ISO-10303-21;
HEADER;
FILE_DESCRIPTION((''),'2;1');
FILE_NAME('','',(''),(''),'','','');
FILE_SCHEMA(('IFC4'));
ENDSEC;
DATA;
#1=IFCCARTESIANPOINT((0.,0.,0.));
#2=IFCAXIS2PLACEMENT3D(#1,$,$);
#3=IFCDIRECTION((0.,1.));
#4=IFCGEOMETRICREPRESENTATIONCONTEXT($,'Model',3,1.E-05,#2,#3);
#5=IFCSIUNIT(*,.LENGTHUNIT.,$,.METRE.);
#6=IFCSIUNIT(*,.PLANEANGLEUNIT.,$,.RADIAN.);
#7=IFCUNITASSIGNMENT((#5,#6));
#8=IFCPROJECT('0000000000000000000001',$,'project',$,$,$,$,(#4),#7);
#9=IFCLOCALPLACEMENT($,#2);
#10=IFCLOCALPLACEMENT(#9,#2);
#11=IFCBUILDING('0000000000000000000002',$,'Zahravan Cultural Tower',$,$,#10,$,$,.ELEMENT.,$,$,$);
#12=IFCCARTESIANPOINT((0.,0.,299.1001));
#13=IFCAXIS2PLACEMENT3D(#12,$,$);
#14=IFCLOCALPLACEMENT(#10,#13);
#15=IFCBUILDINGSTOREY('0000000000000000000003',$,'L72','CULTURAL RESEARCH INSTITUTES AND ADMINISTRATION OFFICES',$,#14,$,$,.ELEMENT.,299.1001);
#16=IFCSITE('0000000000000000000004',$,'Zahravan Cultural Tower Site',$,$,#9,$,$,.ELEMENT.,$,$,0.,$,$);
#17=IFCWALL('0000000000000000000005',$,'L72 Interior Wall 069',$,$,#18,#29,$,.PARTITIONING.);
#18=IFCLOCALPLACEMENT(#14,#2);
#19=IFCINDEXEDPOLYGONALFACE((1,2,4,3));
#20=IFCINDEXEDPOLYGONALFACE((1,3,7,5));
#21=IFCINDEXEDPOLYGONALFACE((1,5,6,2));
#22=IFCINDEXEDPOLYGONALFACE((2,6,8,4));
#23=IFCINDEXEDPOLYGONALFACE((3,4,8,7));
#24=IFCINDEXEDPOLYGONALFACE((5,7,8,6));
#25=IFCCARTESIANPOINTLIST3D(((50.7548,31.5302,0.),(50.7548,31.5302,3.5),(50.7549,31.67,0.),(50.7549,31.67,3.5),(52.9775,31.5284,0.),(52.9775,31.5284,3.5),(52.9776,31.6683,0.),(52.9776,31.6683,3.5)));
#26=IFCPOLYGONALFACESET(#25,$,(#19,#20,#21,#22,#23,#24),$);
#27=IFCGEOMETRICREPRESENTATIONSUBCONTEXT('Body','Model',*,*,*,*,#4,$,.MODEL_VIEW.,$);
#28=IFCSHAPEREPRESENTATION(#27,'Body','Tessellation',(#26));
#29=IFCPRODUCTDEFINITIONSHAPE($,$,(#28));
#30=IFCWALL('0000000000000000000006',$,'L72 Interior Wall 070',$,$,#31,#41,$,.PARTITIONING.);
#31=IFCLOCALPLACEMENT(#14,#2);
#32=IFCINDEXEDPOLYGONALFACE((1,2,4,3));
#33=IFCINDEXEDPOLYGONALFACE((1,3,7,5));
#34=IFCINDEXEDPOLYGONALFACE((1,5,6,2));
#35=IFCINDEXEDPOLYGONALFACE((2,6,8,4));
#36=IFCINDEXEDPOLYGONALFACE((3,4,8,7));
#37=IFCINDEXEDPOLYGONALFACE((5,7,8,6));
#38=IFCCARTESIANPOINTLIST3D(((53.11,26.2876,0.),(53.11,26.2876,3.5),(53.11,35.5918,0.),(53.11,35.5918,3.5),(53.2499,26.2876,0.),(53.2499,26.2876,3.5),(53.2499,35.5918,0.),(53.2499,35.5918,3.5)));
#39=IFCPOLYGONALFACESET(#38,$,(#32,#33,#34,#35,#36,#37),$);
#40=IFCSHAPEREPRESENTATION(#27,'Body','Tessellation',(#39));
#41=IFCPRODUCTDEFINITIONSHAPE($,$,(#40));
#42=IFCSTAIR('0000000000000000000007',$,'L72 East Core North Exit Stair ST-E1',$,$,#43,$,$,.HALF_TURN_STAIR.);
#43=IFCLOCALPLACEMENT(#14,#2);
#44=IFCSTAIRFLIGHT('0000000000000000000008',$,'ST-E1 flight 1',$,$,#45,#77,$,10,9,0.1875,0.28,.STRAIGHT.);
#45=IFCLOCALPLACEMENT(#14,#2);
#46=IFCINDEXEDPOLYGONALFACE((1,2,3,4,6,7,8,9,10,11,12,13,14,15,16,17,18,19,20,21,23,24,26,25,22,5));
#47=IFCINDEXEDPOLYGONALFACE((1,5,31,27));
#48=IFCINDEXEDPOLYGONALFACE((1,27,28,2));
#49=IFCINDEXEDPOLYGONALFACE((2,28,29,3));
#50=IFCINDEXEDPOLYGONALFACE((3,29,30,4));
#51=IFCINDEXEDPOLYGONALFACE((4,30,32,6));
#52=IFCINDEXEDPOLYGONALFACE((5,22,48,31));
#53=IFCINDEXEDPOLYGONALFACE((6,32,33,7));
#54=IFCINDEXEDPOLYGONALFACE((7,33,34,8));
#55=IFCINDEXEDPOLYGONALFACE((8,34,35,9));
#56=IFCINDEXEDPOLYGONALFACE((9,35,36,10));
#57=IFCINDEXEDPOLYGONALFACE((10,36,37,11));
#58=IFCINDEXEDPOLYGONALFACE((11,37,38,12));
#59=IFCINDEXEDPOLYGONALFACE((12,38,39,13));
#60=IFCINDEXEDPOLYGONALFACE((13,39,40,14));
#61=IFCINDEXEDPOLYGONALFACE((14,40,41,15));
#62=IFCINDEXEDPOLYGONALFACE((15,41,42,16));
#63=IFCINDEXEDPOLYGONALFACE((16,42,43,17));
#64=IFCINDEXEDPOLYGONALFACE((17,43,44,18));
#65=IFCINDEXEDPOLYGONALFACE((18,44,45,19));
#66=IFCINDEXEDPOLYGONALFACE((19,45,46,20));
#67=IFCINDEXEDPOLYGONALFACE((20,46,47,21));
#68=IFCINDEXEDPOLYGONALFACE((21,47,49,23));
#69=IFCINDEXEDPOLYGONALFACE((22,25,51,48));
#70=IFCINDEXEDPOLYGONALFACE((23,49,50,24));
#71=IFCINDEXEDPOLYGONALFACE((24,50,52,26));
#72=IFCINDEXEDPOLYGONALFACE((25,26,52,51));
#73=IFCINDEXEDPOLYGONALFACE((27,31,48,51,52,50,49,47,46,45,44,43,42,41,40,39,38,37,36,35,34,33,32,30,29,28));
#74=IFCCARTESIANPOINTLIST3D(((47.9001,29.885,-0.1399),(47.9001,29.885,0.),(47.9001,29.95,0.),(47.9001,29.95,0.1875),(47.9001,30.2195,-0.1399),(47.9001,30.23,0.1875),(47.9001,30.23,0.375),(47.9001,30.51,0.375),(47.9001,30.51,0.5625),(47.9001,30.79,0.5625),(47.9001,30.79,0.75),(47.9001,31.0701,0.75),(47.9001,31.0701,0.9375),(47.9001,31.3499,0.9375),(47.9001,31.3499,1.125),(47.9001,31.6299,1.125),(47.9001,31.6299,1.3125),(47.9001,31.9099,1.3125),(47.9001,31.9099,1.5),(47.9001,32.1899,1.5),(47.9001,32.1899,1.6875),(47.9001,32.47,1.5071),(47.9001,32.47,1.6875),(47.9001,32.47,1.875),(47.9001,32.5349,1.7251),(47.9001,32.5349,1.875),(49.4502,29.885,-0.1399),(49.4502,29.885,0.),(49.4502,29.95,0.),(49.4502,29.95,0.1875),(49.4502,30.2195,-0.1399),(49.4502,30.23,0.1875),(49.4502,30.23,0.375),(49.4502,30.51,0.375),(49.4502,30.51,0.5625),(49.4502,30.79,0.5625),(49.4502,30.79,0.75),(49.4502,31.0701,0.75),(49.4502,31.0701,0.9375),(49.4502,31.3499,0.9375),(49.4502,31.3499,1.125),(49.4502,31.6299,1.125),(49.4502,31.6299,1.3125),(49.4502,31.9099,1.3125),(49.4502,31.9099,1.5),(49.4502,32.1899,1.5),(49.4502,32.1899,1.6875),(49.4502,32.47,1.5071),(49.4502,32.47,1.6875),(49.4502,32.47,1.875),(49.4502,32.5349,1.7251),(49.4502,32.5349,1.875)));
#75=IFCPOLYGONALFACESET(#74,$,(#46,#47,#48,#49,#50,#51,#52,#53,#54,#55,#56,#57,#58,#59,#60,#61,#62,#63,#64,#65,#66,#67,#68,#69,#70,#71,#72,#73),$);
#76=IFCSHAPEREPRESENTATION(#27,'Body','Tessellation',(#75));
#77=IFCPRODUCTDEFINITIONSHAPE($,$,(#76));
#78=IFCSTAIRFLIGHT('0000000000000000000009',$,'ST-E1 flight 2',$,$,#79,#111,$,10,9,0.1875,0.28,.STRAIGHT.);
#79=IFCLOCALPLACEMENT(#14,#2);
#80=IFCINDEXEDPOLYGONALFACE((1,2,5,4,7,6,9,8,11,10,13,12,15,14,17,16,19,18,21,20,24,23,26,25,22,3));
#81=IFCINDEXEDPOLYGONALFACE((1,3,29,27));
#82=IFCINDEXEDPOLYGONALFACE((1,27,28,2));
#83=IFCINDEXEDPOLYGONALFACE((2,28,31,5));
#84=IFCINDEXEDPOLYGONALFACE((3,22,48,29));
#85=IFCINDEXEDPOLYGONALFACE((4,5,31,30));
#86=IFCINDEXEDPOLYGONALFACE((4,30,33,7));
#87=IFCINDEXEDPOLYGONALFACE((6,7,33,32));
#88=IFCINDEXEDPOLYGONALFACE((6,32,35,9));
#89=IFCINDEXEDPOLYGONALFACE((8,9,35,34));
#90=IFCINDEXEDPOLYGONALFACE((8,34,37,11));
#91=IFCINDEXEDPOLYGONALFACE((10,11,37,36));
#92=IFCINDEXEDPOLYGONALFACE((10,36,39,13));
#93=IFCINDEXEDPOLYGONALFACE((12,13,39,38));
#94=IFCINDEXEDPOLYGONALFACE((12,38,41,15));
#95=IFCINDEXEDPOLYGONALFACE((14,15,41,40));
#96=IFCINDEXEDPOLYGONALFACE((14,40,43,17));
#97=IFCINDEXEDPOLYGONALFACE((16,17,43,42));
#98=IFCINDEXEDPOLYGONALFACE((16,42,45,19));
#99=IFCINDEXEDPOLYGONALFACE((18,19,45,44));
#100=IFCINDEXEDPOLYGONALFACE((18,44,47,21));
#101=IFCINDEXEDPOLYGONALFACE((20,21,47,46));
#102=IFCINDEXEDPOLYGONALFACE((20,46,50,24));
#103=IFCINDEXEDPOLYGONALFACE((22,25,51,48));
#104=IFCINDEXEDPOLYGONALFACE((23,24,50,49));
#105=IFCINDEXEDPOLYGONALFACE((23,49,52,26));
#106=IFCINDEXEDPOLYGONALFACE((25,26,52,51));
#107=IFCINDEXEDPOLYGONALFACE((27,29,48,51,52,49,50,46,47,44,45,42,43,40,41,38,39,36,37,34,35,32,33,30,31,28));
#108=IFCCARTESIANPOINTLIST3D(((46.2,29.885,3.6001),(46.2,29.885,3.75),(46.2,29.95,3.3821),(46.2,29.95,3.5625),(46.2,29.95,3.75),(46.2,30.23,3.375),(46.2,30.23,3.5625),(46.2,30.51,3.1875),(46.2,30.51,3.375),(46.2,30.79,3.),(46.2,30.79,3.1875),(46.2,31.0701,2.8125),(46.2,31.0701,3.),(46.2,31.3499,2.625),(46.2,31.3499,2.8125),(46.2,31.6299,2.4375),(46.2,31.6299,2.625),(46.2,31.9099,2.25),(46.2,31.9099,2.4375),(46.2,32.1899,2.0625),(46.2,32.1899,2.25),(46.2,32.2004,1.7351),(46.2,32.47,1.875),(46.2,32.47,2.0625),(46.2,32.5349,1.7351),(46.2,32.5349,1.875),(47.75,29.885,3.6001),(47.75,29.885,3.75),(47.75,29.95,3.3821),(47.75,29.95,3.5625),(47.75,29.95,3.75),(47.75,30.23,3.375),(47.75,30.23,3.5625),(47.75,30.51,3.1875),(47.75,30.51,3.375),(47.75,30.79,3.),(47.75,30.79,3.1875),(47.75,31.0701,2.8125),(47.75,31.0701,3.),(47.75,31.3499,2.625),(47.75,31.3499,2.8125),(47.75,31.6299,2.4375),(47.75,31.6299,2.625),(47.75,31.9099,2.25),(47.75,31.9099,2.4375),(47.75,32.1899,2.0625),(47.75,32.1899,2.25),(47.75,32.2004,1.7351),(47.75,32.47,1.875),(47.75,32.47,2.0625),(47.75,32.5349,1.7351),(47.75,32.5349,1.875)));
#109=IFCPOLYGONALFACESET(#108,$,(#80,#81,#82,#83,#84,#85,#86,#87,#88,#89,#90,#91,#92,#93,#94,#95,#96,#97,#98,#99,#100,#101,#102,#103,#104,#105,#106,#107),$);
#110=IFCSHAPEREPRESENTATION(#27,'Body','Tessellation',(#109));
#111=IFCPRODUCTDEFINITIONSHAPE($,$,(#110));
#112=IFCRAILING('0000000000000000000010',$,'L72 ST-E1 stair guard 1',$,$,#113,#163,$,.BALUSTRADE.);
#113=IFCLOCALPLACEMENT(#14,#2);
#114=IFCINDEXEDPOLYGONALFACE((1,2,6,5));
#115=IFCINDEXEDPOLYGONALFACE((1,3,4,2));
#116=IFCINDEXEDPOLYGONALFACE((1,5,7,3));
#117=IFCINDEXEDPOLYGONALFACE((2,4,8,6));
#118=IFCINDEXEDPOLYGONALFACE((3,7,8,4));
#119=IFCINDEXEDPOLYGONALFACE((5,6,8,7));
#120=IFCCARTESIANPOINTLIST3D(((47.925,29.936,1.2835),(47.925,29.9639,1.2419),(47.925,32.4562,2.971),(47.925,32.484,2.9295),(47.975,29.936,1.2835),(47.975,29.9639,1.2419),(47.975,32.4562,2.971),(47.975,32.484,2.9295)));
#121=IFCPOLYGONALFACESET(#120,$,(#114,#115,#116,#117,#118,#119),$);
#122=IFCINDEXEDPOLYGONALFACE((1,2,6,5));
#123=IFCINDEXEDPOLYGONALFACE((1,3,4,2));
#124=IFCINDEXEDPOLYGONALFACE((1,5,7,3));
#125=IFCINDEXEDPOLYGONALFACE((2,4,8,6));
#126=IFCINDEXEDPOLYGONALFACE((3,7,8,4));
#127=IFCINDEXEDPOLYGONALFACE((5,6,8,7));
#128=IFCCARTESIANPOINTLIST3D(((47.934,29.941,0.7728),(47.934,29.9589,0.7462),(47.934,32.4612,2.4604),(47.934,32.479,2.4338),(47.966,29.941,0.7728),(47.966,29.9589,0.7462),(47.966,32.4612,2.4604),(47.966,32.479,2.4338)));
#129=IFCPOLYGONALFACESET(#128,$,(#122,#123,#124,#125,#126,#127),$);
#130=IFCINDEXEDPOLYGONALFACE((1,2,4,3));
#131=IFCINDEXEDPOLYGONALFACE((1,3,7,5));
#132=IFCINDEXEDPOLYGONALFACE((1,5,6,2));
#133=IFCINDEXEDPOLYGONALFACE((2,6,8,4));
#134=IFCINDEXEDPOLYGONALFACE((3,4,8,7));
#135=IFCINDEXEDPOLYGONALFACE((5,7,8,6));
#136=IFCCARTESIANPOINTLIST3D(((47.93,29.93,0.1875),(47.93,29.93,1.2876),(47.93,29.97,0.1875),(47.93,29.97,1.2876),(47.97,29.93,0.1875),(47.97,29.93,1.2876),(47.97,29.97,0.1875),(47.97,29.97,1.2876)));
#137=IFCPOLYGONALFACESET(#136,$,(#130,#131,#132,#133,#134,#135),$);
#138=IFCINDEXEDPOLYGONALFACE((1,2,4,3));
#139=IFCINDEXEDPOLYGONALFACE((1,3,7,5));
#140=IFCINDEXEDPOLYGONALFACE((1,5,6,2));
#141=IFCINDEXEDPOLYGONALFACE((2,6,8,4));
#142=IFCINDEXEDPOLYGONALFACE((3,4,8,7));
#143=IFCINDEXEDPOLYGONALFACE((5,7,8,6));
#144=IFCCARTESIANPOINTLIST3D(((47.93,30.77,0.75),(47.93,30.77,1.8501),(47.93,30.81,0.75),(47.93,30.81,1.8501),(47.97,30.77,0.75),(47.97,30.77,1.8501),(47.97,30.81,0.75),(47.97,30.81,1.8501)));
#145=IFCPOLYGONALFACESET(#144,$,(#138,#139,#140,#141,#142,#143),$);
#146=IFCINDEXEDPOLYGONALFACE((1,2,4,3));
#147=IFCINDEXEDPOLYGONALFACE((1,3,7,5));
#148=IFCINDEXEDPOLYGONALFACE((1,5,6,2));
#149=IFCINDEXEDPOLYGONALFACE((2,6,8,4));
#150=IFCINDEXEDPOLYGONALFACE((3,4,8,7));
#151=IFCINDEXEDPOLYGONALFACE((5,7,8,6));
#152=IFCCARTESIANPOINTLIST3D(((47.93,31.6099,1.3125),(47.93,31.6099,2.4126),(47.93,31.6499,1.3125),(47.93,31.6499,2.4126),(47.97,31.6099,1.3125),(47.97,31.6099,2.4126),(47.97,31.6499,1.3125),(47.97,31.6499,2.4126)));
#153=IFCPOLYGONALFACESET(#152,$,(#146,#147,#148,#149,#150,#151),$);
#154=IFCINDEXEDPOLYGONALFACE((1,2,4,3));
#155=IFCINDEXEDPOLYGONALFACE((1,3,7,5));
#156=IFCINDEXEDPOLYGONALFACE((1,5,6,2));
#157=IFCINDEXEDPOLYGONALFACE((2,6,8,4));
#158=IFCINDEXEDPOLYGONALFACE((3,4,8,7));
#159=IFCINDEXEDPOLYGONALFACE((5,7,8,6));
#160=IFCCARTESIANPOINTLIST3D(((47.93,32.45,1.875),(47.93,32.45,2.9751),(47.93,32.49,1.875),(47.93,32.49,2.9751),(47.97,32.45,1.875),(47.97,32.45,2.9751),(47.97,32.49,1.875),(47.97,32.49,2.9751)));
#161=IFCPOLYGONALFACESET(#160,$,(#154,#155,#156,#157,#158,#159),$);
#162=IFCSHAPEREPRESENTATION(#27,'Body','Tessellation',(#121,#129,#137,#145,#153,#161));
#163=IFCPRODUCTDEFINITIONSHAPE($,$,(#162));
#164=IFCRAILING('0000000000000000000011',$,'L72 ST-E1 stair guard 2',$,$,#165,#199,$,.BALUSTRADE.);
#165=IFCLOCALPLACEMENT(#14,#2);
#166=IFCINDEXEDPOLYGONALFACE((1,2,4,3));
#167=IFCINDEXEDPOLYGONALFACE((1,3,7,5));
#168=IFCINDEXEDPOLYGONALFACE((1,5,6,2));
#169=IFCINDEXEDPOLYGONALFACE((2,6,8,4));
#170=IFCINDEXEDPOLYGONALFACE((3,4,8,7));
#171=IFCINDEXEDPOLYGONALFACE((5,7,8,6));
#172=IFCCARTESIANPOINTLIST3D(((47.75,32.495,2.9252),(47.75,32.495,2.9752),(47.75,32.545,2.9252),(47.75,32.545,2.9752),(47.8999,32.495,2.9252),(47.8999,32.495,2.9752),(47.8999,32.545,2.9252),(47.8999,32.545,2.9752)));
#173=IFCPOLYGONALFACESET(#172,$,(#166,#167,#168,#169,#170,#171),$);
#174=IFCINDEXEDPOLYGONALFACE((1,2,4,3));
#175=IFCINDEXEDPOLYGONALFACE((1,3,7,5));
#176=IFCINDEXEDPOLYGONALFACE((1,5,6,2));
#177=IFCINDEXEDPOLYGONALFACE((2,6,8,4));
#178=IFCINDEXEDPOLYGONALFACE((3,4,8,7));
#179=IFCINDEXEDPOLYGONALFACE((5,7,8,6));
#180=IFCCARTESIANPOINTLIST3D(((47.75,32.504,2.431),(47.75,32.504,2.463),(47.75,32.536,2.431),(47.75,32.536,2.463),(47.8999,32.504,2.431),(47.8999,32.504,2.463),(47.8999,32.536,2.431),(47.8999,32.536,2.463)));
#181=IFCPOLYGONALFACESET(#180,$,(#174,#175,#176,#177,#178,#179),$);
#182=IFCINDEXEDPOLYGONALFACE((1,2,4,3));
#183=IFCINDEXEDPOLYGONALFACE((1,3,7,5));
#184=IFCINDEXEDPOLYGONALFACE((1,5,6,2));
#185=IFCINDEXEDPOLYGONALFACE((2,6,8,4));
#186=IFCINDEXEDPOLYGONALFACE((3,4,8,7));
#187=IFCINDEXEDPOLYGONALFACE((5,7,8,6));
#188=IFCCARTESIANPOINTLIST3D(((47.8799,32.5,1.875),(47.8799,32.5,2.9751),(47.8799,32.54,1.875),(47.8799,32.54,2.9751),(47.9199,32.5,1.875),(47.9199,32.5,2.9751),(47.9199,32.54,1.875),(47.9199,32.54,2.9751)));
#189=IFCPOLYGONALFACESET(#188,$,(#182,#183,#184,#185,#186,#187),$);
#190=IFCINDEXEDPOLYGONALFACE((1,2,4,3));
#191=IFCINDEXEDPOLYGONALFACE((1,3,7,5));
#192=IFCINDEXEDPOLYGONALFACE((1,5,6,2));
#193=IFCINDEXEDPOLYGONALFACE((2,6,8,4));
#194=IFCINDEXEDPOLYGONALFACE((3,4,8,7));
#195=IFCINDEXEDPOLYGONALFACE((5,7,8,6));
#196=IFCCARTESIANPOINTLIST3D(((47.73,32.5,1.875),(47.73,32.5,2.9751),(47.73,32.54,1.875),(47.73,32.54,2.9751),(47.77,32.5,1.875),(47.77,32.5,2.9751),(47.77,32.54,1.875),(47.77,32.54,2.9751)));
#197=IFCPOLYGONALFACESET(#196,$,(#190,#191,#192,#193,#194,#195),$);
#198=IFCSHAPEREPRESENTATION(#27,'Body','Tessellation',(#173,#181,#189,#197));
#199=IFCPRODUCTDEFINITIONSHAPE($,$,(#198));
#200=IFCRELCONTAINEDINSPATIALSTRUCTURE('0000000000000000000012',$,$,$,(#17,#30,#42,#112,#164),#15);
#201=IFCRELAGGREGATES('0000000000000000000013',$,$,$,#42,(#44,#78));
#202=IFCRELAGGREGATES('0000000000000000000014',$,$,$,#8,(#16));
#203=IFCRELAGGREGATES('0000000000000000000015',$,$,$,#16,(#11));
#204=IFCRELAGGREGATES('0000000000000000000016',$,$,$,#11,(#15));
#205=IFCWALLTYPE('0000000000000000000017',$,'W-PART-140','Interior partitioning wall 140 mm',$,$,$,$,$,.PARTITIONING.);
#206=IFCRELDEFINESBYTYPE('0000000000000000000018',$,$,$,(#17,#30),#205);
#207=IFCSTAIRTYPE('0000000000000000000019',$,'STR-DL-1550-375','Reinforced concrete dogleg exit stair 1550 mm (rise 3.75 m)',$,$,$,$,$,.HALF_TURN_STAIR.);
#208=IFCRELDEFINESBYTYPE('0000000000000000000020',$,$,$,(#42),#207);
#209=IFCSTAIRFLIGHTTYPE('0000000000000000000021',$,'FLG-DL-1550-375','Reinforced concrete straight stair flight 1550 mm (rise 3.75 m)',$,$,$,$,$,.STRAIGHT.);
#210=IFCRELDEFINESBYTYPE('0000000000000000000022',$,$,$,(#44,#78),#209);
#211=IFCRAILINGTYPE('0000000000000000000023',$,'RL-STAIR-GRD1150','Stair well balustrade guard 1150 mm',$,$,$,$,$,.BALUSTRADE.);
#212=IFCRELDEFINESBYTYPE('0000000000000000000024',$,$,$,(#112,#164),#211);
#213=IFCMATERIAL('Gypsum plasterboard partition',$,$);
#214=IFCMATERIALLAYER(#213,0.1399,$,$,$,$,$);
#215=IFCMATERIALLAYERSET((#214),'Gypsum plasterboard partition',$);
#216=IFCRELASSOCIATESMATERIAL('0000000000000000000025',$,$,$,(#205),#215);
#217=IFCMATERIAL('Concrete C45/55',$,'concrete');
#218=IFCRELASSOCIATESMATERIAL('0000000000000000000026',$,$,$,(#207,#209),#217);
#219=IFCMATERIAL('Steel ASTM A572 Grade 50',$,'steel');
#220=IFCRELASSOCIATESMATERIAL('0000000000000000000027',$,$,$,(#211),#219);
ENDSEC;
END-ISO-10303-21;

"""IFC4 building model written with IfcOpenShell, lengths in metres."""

from ifc_helpers import new_model, si_unit, direction, frame, frame_2d, origin, origin_2d, place, context, subcontext, project, spatial, polyline, rectangle, outline, extrude, source, transform, mapped, material, layer, layer_set, type_object, element, aggregate, save


model = new_model("IFC4")

# Units and contexts
model_context = context("Model", 3, precision=1e-05, world=origin(), true_north=direction((0.0, 1.0)))
body_context = subcontext(model_context, "Body", "Model", "MODEL_VIEW")
ifc_project = project(units=[si_unit("LENGTHUNIT", "METRE"), si_unit("PLANEANGLEUNIT", "RADIAN")], contexts=[model_context])

# Site, building, storey
site_placement = place(None, origin())
site = spatial("IfcSite", under=ifc_project, at=site_placement, Name="Zahravan Cultural Tower Site", CompositionType="ELEMENT", RefElevation=0.0)
building_placement = place(site_placement, origin())
building = spatial("IfcBuilding", under=site, at=building_placement, Name="Zahravan Cultural Tower", CompositionType="ELEMENT")
storey_placement = place(building_placement, frame((0.0, 0.0, 299.1001)))
storey = spatial("IfcBuildingStorey", under=building, at=storey_placement, Name="L72", Description="CULTURAL RESEARCH INSTITUTES AND ADMINISTRATION OFFICES", CompositionType="ELEMENT", Elevation=299.1001)

# Walls
ifc_material_1 = material(Name="Concrete C45/55", Category="concrete")
ifc_material_2 = material(Name="Gypsum plasterboard partition")
ifc_layer_1 = layer(ifc_material_2, 0.1399)
ifc_layer_set_1 = layer_set([ifc_layer_1], Name="Gypsum plasterboard partition")
wall_type_1 = type_object("IfcWallType", Name="W-PART-140", Description="Interior partitioning wall 140 mm", PredefinedType="PARTITIONING", material=ifc_layer_set_1)
shared_shape_1 = source(origin(), body_context, "Body", "SweptSolid", [
    extrude(rectangle(XDim=2.2227, YDim=0.1399, at=frame_2d((1.1113, 0.0))), origin(), (0.0, 0.0, 1.0), 3.5),
])
wall_1_placement = place(storey_placement, frame((52.9775, 31.5984, 0.0), z_axis=(0.0, 0.0, 1.0), x_axis=(-1.0, 0.000769, 0.0)))
element("IfcWall", 1, at=wall_1_placement, inside=storey, type_object=wall_type_1, Name="L72 Interior Wall 069", PredefinedType="PARTITIONING", context=body_context, shape_type="MappedRepresentation", body=[
    mapped(shared_shape_1, transform((0.0, 0.0, 0.0), x_axis=(1.0, 0.0, 0.0), y_axis=(0.0, 1.0, 0.0), z_axis=(0.0, 0.0, 1.0), scale=1.0)),
])
shared_shape_2 = source(origin(), body_context, "Body", "SweptSolid", [
    extrude(rectangle(XDim=9.3042, YDim=0.1399, at=frame_2d((4.6521, 0.0))), origin(), (0.0, 0.0, 1.0), 3.5),
])
wall_2_placement = place(storey_placement, frame((53.1799, 35.5918, 0.0), z_axis=(0.0, 0.0, 1.0), x_axis=(0.0, -1.0, 0.0)))
element("IfcWall", 2, at=wall_2_placement, inside=storey, type_object=wall_type_1, Name="L72 Interior Wall 070", PredefinedType="PARTITIONING", context=body_context, shape_type="MappedRepresentation", body=[
    mapped(shared_shape_2, transform((0.0, 0.0, 0.0), x_axis=(1.0, 0.0, 0.0), y_axis=(0.0, 1.0, 0.0), z_axis=(0.0, 0.0, 1.0), scale=1.0)),
])

# Stair, stair flights
stair_type = type_object("IfcStairType", Name="STR-DL-1550-375", Description="Reinforced concrete dogleg exit stair 1550 mm (rise 3.75 m)", PredefinedType="HALF_TURN_STAIR", material=ifc_material_1)
stair_placement = place(storey_placement, origin())
stair = element("IfcStair", 3, at=stair_placement, inside=storey, type_object=stair_type, Name="L72 East Core North Exit Stair ST-E1", PredefinedType="HALF_TURN_STAIR")
stair_flight_type = type_object("IfcStairFlightType", Name="FLG-DL-1550-375", Description="Reinforced concrete straight stair flight 1550 mm (rise 3.75 m)", PredefinedType="STRAIGHT", material=ifc_material_1)
stair_flight_1_placement = place(storey_placement, frame((48.675, 29.95, 0.0), z_axis=(0.0, 0.0, 1.0), x_axis=(0.0, 1.0, 0.0)))
stair_flight_1 = element("IfcStairFlight", 4, at=stair_flight_1_placement, type_object=stair_flight_type, Name="ST-E1 flight 1", NumberOfRisers=10, NumberOfTreads=9, PredefinedType="STRAIGHT", RiserHeight=0.1875, TreadLength=0.28, context=body_context, shape_type="SweptSolid", body=[
    extrude(outline(polyline([(-0.0649, -0.1399), (-0.0649, 0.0), (0.0, 0.0), (0.0, 0.1875), (0.28, 0.1875), (0.28, 0.375), (0.5601, 0.375), (0.5601, 0.5625), (0.8401, 0.5625), (0.8401, 0.75), (1.1201, 0.75), (1.1201, 0.9375), (1.3999, 0.9375), (1.3999, 1.125), (1.6799, 1.125), (1.6799, 1.3125), (1.96, 1.3125), (1.96, 1.5), (2.24, 1.5), (2.24, 1.6875), (2.52, 1.6875), (2.52, 1.875), (2.585, 1.875), (2.585, 1.7251), (2.52, 1.5071), (0.2695, -0.1399), (-0.0649, -0.1399)])), frame((0.0, 0.7749, 0.0), z_axis=(0.0, -1.0, 0.0), x_axis=(1.0, 0.0, 0.0)), (0.0, 0.0, 1.0), 1.55),
])
stair_flight_2_placement = place(storey_placement, frame((46.9751, 32.47, 1.875), z_axis=(0.0, 0.0, 1.0), x_axis=(0.0, -1.0, 0.0)))
stair_flight_2 = element("IfcStairFlight", 5, at=stair_flight_2_placement, type_object=stair_flight_type, Name="ST-E1 flight 2", NumberOfRisers=10, NumberOfTreads=9, PredefinedType="STRAIGHT", RiserHeight=0.1875, TreadLength=0.28, context=body_context, shape_type="SweptSolid", body=[
    extrude(outline(polyline([(-0.0649, -0.1399), (-0.0649, 0.0), (0.0, 0.0), (0.0, 0.1875), (0.28, 0.1875), (0.28, 0.375), (0.5601, 0.375), (0.5601, 0.5625), (0.8401, 0.5625), (0.8401, 0.75), (1.1201, 0.75), (1.1201, 0.9375), (1.3999, 0.9375), (1.3999, 1.125), (1.6799, 1.125), (1.6799, 1.3125), (1.96, 1.3125), (1.96, 1.5), (2.24, 1.5), (2.24, 1.6875), (2.52, 1.6875), (2.52, 1.875), (2.585, 1.875), (2.585, 1.7251), (2.52, 1.5071), (0.2695, -0.1399), (-0.0649, -0.1399)])), frame((0.0, 0.7749, 0.0), z_axis=(0.0, -1.0, 0.0), x_axis=(1.0, 0.0, 0.0)), (0.0, 0.0, 1.0), 1.55),
])
aggregate(stair, [stair_flight_1, stair_flight_2])

# Railings
ifc_material_3 = material(Name="Steel ASTM A572 Grade 50", Category="steel")
railing_type_1 = type_object("IfcRailingType", Name="RL-STAIR-GRD1150", Description="Stair well balustrade guard 1150 mm", PredefinedType="BALUSTRADE", material=ifc_material_3)
railing_1_placement = place(storey_placement, frame((47.95, 29.95, 0.1875)))
element("IfcRailing", 6, at=railing_1_placement, inside=storey, type_object=railing_type_1, Name="L72 ST-E1 stair guard 1", PredefinedType="BALUSTRADE", context=body_context, shape_type="SweptSolid", body=[
    extrude(rectangle(XDim=0.05, YDim=0.05, at=origin_2d()), frame((0.0, 0.0, 1.0752), z_axis=(0.0, 0.830909, 0.556408), x_axis=(-1.0, 0.0, 0.0)), (0.0, 0.0, 1.0), 3.033),
    extrude(rectangle(XDim=0.032, YDim=0.032, at=origin_2d()), frame((0.0, 0.0, 0.572), z_axis=(0.0, 0.830909, 0.556408), x_axis=(-1.0, 0.0, 0.0)), (0.0, 0.0, 1.0), 3.033),
    extrude(rectangle(XDim=0.04, YDim=0.04, at=origin_2d()), origin(), (0.0, 0.0, 1.0), 1.1001),
    extrude(rectangle(XDim=0.04, YDim=0.04, at=origin_2d()), frame((0.0, 0.8401, 0.5625)), (0.0, 0.0, 1.0), 1.1001),
    extrude(rectangle(XDim=0.04, YDim=0.04, at=origin_2d()), frame((0.0, 1.6799, 1.125)), (0.0, 0.0, 1.0), 1.1001),
    extrude(rectangle(XDim=0.04, YDim=0.04, at=origin_2d()), frame((0.0, 2.52, 1.6875)), (0.0, 0.0, 1.0), 1.1001),
])
railing_2_placement = place(storey_placement, frame((47.8999, 32.52, 1.875)))
element("IfcRailing", 7, at=railing_2_placement, inside=storey, type_object=railing_type_1, Name="L72 ST-E1 stair guard 2", PredefinedType="BALUSTRADE", context=body_context, shape_type="SweptSolid", body=[
    extrude(rectangle(XDim=0.05, YDim=0.05, at=origin_2d()), frame((0.0, 0.0, 1.0752), z_axis=(-1.0, 0.0, 0.0), x_axis=(0.0, -1.0, 0.0)), (0.0, 0.0, 1.0), 0.1499),
    extrude(rectangle(XDim=0.032, YDim=0.032, at=origin_2d()), frame((0.0, 0.0, 0.572), z_axis=(-1.0, 0.0, 0.0), x_axis=(0.0, -1.0, 0.0)), (0.0, 0.0, 1.0), 0.1499),
    extrude(rectangle(XDim=0.04, YDim=0.04, at=origin_2d()), origin(), (0.0, 0.0, 1.0), 1.1001),
    extrude(rectangle(XDim=0.04, YDim=0.04, at=origin_2d()), frame((-0.1499, 0.0, 0.0)), (0.0, 0.0, 1.0), 1.1001),
])

save(model, "model.ifc")
